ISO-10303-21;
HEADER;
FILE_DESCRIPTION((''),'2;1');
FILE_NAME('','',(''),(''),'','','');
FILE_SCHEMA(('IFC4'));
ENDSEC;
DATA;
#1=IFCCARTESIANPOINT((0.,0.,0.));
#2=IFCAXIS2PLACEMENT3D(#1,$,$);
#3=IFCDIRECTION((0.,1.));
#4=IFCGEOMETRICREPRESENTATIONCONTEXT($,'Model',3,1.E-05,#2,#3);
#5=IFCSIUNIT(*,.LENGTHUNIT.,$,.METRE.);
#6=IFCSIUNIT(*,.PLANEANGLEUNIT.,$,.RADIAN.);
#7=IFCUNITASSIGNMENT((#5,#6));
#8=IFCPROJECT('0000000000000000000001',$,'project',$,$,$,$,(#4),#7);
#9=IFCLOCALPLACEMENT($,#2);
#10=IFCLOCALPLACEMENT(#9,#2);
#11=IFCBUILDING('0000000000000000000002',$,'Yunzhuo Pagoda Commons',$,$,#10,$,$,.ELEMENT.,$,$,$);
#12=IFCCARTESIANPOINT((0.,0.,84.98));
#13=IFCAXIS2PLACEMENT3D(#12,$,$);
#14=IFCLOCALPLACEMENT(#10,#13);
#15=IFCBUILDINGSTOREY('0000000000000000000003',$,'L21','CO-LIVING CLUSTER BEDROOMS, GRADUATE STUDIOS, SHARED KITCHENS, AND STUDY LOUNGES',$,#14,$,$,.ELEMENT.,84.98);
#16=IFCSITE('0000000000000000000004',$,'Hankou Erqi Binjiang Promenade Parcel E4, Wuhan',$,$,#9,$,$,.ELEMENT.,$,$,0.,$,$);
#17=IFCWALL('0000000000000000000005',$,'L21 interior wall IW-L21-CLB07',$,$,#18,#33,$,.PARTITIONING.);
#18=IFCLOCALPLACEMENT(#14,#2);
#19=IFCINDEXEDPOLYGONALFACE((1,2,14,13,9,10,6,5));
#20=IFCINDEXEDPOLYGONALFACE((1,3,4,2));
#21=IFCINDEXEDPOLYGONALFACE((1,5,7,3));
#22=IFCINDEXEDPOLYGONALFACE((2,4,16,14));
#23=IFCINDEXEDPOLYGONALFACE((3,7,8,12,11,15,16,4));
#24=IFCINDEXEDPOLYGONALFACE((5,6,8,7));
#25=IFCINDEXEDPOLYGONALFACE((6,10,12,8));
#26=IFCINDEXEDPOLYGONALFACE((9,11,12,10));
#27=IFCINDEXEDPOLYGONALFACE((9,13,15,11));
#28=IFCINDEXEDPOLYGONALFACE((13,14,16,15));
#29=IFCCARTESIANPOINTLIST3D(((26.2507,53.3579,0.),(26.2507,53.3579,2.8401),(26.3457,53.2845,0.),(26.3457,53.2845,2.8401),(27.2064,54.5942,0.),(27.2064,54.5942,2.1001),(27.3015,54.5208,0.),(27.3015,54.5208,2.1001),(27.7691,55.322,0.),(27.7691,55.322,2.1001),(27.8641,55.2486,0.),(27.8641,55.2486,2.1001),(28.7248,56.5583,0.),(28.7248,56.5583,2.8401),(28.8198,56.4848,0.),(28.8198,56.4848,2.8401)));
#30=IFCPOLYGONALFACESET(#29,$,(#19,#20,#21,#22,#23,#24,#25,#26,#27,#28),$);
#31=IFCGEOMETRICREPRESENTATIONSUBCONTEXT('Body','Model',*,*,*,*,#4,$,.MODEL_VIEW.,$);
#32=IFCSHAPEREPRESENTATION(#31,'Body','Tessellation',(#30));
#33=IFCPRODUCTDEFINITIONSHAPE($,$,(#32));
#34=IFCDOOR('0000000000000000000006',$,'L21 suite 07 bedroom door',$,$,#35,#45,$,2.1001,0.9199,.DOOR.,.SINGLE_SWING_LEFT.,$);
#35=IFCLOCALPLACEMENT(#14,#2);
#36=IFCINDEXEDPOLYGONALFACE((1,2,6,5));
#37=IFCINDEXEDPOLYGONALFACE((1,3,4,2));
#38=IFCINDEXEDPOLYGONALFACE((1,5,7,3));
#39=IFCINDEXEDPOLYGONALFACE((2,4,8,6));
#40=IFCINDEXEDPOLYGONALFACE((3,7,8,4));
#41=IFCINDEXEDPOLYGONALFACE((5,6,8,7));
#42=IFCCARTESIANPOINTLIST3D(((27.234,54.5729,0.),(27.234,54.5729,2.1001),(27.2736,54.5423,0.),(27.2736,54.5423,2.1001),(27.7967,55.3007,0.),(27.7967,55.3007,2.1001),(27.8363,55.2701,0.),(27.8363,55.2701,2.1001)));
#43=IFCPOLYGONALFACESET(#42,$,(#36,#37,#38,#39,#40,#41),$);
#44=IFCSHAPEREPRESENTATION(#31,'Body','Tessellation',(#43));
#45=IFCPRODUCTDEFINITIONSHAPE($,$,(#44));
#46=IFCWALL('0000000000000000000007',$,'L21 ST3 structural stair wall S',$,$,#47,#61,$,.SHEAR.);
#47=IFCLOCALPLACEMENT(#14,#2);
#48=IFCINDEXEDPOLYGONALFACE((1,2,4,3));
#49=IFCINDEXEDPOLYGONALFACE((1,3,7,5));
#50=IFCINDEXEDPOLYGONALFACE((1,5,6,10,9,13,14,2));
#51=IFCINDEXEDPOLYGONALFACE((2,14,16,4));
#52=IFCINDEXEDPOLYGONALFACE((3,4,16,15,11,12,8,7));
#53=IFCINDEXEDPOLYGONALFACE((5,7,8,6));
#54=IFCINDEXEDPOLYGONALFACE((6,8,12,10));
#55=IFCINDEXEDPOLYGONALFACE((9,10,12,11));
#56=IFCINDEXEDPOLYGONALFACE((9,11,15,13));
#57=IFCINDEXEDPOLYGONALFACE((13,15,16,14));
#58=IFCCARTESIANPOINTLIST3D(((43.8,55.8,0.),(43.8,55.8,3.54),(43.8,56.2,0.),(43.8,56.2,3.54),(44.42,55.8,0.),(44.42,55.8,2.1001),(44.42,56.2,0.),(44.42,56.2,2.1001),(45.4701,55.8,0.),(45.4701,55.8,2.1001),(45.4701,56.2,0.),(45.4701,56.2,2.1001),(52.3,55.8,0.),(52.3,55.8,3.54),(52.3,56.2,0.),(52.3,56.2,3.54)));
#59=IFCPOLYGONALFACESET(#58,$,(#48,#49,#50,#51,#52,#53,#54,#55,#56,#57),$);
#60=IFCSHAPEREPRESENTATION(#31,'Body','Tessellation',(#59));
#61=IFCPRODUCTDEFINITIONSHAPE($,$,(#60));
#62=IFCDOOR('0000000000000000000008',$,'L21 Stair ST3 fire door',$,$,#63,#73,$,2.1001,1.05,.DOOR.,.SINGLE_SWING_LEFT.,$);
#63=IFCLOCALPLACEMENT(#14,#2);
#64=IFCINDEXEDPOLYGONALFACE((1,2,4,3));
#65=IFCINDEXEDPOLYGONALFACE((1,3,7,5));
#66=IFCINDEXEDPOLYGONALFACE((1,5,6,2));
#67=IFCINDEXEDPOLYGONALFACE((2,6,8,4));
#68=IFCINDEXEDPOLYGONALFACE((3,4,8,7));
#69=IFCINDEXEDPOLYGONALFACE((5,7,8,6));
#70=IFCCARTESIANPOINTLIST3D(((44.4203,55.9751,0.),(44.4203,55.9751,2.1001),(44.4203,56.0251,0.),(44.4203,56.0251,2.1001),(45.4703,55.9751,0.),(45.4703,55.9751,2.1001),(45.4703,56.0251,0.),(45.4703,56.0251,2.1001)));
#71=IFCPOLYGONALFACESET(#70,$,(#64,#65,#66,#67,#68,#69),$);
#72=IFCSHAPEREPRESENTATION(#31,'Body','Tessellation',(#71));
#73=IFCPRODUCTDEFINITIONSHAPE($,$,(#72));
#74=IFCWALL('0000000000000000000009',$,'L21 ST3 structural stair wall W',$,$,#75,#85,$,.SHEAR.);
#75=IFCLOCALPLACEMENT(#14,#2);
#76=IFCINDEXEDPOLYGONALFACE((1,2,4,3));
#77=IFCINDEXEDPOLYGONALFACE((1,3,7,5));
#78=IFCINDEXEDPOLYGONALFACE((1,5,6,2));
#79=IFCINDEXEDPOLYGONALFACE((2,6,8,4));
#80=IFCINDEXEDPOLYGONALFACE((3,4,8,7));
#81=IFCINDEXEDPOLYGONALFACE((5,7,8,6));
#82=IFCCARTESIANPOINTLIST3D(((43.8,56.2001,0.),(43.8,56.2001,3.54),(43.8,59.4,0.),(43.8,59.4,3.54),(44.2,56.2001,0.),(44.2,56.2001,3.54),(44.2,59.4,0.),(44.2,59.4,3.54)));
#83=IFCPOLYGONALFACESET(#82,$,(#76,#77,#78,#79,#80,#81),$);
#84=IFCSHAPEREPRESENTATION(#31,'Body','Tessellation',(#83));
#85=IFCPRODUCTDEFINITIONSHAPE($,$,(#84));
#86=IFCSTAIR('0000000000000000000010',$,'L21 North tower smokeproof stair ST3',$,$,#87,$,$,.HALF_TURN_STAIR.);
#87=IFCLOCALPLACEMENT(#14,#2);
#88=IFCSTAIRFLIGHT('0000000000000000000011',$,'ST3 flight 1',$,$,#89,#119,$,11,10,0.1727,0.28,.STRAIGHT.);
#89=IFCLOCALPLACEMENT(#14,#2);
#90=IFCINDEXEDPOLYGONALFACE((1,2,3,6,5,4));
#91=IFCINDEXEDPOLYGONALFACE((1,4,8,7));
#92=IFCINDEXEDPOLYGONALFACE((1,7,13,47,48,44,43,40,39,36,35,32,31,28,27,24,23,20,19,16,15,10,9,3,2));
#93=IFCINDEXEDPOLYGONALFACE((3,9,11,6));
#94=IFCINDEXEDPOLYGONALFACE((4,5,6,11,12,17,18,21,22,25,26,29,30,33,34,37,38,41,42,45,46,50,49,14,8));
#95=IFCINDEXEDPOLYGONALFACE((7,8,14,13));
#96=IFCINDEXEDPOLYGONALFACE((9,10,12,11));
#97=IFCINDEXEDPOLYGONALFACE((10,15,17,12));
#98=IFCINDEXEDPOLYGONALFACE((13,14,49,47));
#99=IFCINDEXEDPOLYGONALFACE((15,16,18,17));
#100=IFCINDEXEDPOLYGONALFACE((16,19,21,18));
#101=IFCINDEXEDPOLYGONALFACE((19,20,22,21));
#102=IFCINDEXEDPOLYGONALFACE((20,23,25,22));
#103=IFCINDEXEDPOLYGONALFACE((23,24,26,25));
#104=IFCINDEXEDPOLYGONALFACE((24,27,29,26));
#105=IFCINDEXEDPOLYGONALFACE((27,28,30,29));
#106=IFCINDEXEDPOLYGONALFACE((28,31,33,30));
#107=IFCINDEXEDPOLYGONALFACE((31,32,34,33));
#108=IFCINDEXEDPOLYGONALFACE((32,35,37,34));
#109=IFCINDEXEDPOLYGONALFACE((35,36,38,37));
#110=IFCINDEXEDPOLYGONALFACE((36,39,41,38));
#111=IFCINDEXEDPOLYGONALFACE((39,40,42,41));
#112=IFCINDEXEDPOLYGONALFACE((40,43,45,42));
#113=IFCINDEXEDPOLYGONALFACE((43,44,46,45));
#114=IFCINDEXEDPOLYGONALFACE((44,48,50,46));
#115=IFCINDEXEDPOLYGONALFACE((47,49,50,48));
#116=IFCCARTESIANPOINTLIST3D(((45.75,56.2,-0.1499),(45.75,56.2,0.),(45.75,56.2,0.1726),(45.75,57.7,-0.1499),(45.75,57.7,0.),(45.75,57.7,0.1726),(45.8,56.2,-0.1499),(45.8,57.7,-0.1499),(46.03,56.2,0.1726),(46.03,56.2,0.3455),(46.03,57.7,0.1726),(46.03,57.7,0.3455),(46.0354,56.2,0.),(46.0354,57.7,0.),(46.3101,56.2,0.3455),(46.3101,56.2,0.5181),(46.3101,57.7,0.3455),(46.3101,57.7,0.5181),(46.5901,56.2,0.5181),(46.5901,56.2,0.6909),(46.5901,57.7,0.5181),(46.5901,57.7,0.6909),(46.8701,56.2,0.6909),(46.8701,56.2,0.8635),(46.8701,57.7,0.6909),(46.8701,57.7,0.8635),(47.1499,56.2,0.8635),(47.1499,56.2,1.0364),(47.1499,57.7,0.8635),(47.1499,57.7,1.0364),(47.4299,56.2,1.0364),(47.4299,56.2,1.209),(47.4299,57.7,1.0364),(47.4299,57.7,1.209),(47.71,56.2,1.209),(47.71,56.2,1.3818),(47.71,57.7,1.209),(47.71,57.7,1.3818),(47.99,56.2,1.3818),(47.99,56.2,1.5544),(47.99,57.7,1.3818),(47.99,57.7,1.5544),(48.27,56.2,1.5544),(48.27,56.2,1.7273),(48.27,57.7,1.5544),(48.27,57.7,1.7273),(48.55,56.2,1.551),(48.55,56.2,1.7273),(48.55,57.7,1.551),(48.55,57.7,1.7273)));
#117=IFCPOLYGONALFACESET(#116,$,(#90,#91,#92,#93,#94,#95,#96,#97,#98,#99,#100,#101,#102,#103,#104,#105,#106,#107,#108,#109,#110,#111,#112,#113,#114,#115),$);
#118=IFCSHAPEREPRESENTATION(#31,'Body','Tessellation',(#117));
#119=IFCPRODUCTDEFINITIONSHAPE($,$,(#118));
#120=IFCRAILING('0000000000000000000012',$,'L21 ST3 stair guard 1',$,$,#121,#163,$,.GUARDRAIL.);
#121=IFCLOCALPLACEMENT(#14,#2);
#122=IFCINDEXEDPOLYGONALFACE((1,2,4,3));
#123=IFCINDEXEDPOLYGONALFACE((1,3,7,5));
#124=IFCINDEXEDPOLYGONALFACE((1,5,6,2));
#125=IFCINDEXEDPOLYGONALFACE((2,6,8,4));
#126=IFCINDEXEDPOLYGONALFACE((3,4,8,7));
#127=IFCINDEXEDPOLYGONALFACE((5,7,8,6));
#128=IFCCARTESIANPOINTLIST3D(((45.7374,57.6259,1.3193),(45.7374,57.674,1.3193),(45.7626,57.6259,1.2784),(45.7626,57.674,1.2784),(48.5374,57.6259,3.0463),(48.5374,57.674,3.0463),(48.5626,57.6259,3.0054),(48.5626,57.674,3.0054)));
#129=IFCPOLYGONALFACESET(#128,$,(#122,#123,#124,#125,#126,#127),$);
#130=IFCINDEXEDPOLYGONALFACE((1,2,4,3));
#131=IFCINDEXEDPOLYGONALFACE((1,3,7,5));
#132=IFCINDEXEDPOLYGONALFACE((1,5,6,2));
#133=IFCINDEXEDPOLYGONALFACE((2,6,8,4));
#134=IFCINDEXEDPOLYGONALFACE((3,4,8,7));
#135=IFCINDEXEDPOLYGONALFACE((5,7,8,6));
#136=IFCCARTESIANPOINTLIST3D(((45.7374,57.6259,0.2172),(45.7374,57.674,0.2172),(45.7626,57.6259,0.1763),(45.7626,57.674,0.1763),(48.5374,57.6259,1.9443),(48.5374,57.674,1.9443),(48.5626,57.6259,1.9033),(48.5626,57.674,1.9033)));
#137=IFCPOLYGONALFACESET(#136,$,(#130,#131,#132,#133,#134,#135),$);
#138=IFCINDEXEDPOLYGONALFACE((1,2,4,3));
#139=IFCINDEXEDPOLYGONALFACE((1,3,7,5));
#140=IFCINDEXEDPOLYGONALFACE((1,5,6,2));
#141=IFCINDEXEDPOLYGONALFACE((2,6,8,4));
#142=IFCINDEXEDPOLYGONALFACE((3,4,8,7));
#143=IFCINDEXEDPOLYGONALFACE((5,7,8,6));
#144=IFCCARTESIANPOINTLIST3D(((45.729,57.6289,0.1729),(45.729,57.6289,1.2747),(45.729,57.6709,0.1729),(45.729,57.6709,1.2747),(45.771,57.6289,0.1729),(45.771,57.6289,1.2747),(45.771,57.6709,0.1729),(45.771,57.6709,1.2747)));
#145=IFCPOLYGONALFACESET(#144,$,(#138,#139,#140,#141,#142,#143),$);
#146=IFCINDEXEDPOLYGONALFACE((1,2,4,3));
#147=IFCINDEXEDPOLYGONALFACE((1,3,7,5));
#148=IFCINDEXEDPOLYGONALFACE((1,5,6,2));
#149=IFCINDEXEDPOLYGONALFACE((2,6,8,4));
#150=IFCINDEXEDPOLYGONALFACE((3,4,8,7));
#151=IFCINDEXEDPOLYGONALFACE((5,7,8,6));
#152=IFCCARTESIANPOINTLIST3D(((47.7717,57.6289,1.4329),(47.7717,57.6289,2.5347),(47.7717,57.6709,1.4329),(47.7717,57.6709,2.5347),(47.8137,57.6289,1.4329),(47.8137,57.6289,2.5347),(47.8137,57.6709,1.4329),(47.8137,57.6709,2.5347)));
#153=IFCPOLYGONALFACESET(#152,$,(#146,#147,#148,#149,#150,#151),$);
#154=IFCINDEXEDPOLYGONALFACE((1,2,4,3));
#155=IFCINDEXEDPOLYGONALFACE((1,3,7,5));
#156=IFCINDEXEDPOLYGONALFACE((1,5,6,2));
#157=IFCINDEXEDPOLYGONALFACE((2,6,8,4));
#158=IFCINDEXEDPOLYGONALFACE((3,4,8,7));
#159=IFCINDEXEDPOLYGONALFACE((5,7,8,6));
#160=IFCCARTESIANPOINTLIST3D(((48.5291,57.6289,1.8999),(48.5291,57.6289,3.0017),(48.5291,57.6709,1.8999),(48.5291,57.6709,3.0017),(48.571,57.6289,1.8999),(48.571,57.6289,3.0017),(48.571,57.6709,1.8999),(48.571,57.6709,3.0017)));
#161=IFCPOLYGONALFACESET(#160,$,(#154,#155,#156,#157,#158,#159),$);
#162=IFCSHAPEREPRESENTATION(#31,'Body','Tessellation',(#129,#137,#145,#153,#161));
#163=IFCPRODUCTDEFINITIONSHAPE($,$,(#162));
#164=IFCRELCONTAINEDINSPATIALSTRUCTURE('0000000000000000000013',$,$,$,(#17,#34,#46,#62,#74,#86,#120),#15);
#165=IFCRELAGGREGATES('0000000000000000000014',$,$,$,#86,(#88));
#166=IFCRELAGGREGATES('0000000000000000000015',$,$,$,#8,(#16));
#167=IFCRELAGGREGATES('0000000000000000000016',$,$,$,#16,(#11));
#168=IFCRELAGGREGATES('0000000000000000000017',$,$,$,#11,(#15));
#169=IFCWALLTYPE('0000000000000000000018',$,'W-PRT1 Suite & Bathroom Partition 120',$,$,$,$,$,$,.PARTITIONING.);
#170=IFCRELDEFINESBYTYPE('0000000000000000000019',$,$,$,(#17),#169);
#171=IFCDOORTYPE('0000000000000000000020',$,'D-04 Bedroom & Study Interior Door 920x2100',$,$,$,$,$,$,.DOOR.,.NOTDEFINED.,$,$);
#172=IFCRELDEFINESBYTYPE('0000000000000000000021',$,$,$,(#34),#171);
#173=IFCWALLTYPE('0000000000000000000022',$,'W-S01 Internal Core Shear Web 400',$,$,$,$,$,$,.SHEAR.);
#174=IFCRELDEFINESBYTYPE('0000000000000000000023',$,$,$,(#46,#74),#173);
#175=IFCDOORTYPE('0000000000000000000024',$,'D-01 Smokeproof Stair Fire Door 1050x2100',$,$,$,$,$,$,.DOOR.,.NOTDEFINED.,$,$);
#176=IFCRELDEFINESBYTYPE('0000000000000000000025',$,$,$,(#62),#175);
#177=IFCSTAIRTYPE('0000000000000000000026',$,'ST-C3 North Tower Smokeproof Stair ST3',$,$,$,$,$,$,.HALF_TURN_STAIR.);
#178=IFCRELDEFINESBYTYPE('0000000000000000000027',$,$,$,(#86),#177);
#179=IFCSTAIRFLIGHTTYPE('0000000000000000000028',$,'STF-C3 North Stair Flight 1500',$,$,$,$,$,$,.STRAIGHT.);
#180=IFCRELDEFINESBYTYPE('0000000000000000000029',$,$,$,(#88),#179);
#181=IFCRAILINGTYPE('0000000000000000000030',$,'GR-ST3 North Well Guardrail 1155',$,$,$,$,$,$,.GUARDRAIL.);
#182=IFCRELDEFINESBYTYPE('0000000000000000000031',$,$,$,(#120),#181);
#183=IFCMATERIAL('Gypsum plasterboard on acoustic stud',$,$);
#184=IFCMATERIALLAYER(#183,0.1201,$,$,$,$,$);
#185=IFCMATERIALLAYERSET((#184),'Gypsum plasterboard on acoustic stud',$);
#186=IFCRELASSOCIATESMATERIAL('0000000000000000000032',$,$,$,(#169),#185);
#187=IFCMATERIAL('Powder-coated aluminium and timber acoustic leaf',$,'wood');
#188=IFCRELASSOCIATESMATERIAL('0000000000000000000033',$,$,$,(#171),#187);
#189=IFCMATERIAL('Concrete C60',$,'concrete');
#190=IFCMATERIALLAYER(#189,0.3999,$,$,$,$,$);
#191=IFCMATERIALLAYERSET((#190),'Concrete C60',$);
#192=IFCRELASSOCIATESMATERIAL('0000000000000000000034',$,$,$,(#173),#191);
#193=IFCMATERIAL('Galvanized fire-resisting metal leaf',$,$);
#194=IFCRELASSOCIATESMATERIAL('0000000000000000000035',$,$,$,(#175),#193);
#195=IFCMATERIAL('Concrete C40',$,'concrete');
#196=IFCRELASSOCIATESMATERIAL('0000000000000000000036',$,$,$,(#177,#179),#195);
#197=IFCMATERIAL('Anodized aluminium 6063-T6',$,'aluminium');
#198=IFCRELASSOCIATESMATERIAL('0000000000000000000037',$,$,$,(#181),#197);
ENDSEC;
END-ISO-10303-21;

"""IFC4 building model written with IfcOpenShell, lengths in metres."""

from ifc_helpers import new_model, si_unit, direction, frame, frame_2d, origin, origin_with_axes, origin_2d, place, context, subcontext, project, spatial, polyline, rectangle, outline, extrude, source, transform, mapped, material, layer, layer_set, type_object, element, fill, aggregate, save


model = new_model("IFC4")

# Units and contexts
model_context = context("Model", 3, precision=1e-05, world=origin(), true_north=direction((0.0, 1.0)))
body_context = subcontext(model_context, "Body", "Model", "MODEL_VIEW")
ifc_project = project(units=[si_unit("LENGTHUNIT", "METRE"), si_unit("PLANEANGLEUNIT", "RADIAN")], contexts=[model_context])

# Site, building, storey
site_placement = place(None, origin())
site = spatial("IfcSite", under=ifc_project, at=site_placement, Name="Hankou Erqi Binjiang Promenade Parcel E4, Wuhan", CompositionType="ELEMENT", RefElevation=0.0)
building_placement = place(site_placement, origin())
building = spatial("IfcBuilding", under=site, at=building_placement, Name="Yunzhuo Pagoda Commons", CompositionType="ELEMENT")
storey_placement = place(building_placement, frame((0.0, 0.0, 84.98)))
storey = spatial("IfcBuildingStorey", under=building, at=storey_placement, Name="L21", Description="CO-LIVING CLUSTER BEDROOMS, GRADUATE STUDIOS, SHARED KITCHENS, AND STUDY LOUNGES", CompositionType="ELEMENT", Elevation=84.98)

# Shared definitions
ifc_material_1 = material(Name="Anodized aluminium 6063-T6", Category="aluminium")

# Shared definitions
ifc_material_2 = material(Name="Gypsum plasterboard on acoustic stud")

# Shared definitions
ifc_material_3 = material(Name="Galvanized fire-resisting metal leaf")

# Shared definitions
ifc_layer_1 = layer(ifc_material_2, 0.1201)
ifc_layer_set_1 = layer_set([ifc_layer_1], Name="Gypsum plasterboard on acoustic stud")
wall_type_1 = type_object("IfcWallType", Name="W-PRT1 Suite & Bathroom Partition 120", PredefinedType="PARTITIONING", material=ifc_layer_set_1)

# Walls, openings, doors
ifc_material_4 = material(Name="Powder-coated aluminium and timber acoustic leaf", Category="wood")
wall_1_placement = place(storey_placement, frame((28.7722, 56.5215, 0.0), z_axis=(0.0, 0.0, 1.0), x_axis=(-0.611611, -0.791159, 0.0)))
wall_1 = element("IfcWall", 1, at=wall_1_placement, inside=storey, type_object=wall_type_1, Name="L21 interior wall IW-L21-CLB07", PredefinedType="PARTITIONING", context=body_context, shape_type="SweptSolid", body=[
    extrude(rectangle(XDim=4.0452, YDim=0.1201, at=frame_2d((2.0225, 0.0))), origin(), (0.0, 0.0, 1.0), 2.8401),
])
opening_1_placement = place(wall_1_placement, frame((1.5625, 0.0, 0.0)))
opening_1 = element("IfcOpeningElement", 2, at=opening_1_placement, cuts=wall_1, PredefinedType="OPENING", context=body_context, shape_type="SweptSolid", body=[
    extrude(rectangle(XDim=0.9199, YDim=2.1001, at=frame_2d((0.46, 1.05))), frame((0.0, 0.0701, 0.0), z_axis=(0.0, -1.0, 0.0), x_axis=(1.0, 0.0, 0.0)), (0.0, 0.0, 1.0), 0.1401),
])
door_type_1 = type_object("IfcDoorType", Name="D-04 Bedroom & Study Interior Door 920x2100", OperationType="NOTDEFINED", PredefinedType="DOOR", material=ifc_material_4)
shared_shape_1 = source(origin(), body_context, "Body", "SweptSolid", [
    extrude(rectangle(XDim=0.9199, YDim=2.1001, at=frame_2d((0.46, 1.05))), frame((0.0, 0.0249, 0.0), z_axis=(0.0, -1.0, 0.0), x_axis=(1.0, 0.0, 0.0)), (0.0, 0.0, 1.0), 0.05),
])
door_1_placement = place(opening_1_placement, origin_with_axes())
door_1 = element("IfcDoor", 3, at=door_1_placement, inside=storey, type_object=door_type_1, Name="L21 suite 07 bedroom door", OperationType="SINGLE_SWING_LEFT", OverallHeight=2.1001, OverallWidth=0.9199, PredefinedType="DOOR", context=body_context, shape_type="MappedRepresentation", body=[
    mapped(shared_shape_1, transform((0.0, 0.0, 0.0), scale=1.0)),
])
fill(opening_1, door_1)
ifc_material_5 = material(Name="Concrete C60", Category="concrete")
ifc_layer_2 = layer(ifc_material_5, 0.3999)
ifc_layer_set_2 = layer_set([ifc_layer_2], Name="Concrete C60")
wall_type_2 = type_object("IfcWallType", Name="W-S01 Internal Core Shear Web 400", PredefinedType="SHEAR", material=ifc_layer_set_2)
wall_2_placement = place(storey_placement, frame((43.8, 56.0, 0.0), z_axis=(0.0, 0.0, 1.0), x_axis=(1.0, 0.0, 0.0)))
wall_2 = element("IfcWall", 4, at=wall_2_placement, inside=storey, type_object=wall_type_2, Name="L21 ST3 structural stair wall S", PredefinedType="SHEAR", context=body_context, shape_type="SweptSolid", body=[
    extrude(rectangle(XDim=8.5, YDim=0.3999, at=frame_2d((4.25, 0.0))), origin(), (0.0, 0.0, 1.0), 3.54),
])
opening_2_placement = place(wall_2_placement, frame((0.6201, 0.0, 0.0)))
opening_2 = element("IfcOpeningElement", 5, at=opening_2_placement, cuts=wall_2, PredefinedType="OPENING", context=body_context, shape_type="SweptSolid", body=[
    extrude(rectangle(XDim=1.05, YDim=2.1001, at=frame_2d((0.5249, 1.05))), frame((0.0, 0.21, 0.0), z_axis=(0.0, -1.0, 0.0), x_axis=(1.0, 0.0, 0.0)), (0.0, 0.0, 1.0), 0.4199),
])
door_type_2 = type_object("IfcDoorType", Name="D-01 Smokeproof Stair Fire Door 1050x2100", OperationType="NOTDEFINED", PredefinedType="DOOR", material=ifc_material_3)
shared_shape_2 = source(origin(), body_context, "Body", "SweptSolid", [
    extrude(rectangle(XDim=1.05, YDim=2.1001, at=frame_2d((0.5249, 1.05))), frame((0.0, 0.0249, 0.0), z_axis=(0.0, -1.0, 0.0), x_axis=(1.0, 0.0, 0.0)), (0.0, 0.0, 1.0), 0.05),
])
door_2_placement = place(opening_2_placement, frame((1.05, 0.0, 0.0), z_axis=(0.0, 0.0, 1.0), x_axis=(-1.0, 0.0, 0.0)))
door_2 = element("IfcDoor", 6, at=door_2_placement, inside=storey, type_object=door_type_2, Name="L21 Stair ST3 fire door", OperationType="SINGLE_SWING_LEFT", OverallHeight=2.1001, OverallWidth=1.05, PredefinedType="DOOR", context=body_context, shape_type="MappedRepresentation", body=[
    mapped(shared_shape_2, transform((0.0, 0.0, 0.0), scale=1.0)),
])
fill(opening_2, door_2)

# Wall
wall_3_placement = place(storey_placement, frame((44.0, 56.2, 0.0), z_axis=(0.0, 0.0, 1.0), x_axis=(0.0, 1.0, 0.0)))
element("IfcWall", 7, at=wall_3_placement, inside=storey, type_object=wall_type_2, Name="L21 ST3 structural stair wall W", PredefinedType="SHEAR", context=body_context, shape_type="SweptSolid", body=[
    extrude(rectangle(XDim=3.2, YDim=0.3999, at=frame_2d((1.6001, 0.0))), origin(), (0.0, 0.0, 1.0), 3.54),
])

# Stair, stair flight
ifc_material_6 = material(Name="Concrete C40", Category="concrete")
stair_type = type_object("IfcStairType", Name="ST-C3 North Tower Smokeproof Stair ST3", PredefinedType="HALF_TURN_STAIR", material=ifc_material_6)
stair_placement = place(storey_placement, origin())
stair = element("IfcStair", 8, at=stair_placement, inside=storey, type_object=stair_type, Name="L21 North tower smokeproof stair ST3", PredefinedType="HALF_TURN_STAIR")
stair_flight_type = type_object("IfcStairFlightType", Name="STF-C3 North Stair Flight 1500", PredefinedType="STRAIGHT", material=ifc_material_6)
shared_shape_3 = source(origin(), body_context, "Body", "SweptSolid", [
    extrude(outline(polyline([(0.0, -0.1499), (0.0, 0.0), (0.0, 0.1726), (0.28, 0.1726), (0.28, 0.3455), (0.5601, 0.3455), (0.5601, 0.5181), (0.8401, 0.5181), (0.8401, 0.6909), (1.1201, 0.6909), (1.1201, 0.8635), (1.3999, 0.8635), (1.3999, 1.0364), (1.6799, 1.0364), (1.6799, 1.209), (1.96, 1.209), (1.96, 1.3818), (2.24, 1.3818), (2.24, 1.5544), (2.52, 1.5544), (2.52, 1.7273), (2.8, 1.7273), (2.8, 1.8999), (2.8, 1.551), (0.2854, 0.0), (0.05, -0.1499), (0.0, -0.1499)])), frame((0.0, 0.75, 0.0), z_axis=(0.0, -1.0, 0.0), x_axis=(1.0, 0.0, 0.0)), (0.0, 0.0, 1.0), 1.5),
])
stair_flight_placement = place(storey_placement, frame((45.75, 56.95, 0.0), z_axis=(0.0, 0.0, 1.0), x_axis=(1.0, 0.0, 0.0)))
stair_flight = element("IfcStairFlight", 9, at=stair_flight_placement, type_object=stair_flight_type, Name="ST3 flight 1", NumberOfRisers=11, NumberOfTreads=10, PredefinedType="STRAIGHT", RiserHeight=0.1727, TreadLength=0.28, context=body_context, shape_type="MappedRepresentation", body=[
    mapped(shared_shape_3, transform((0.0, 0.0, 0.0), scale=1.0)),
])
aggregate(stair, [stair_flight])

# Railing
railing_type_1 = type_object("IfcRailingType", Name="GR-ST3 North Well Guardrail 1155", PredefinedType="GUARDRAIL", material=ifc_material_1)
railing_1_placement = place(storey_placement, frame((45.75, 57.6499, 0.1729)))
element("IfcRailing", 10, at=railing_1_placement, inside=storey, type_object=railing_type_1, Name="L21 ST3 stair guard 1", PredefinedType="GUARDRAIL", context=body_context, shape_type="SweptSolid", body=[
    extrude(rectangle(XDim=0.0481, YDim=0.0481, at=origin_2d()), frame((0.0, 0.0, 1.126), z_axis=(0.851123, 0.0, 0.524967), x_axis=(0.0, 1.0, 0.0)), (0.0, 0.0, 1.0), 3.2898),
    extrude(rectangle(XDim=0.0481, YDim=0.0481, at=origin_2d()), frame((0.0, 0.0, 0.0239), z_axis=(0.851123, 0.0, 0.524967), x_axis=(0.0, 1.0, 0.0)), (0.0, 0.0, 1.0), 3.2898),
    extrude(rectangle(XDim=0.042, YDim=0.042, at=origin_2d()), origin(), (0.0, 0.0, 1.0), 1.1018),
    extrude(rectangle(XDim=0.042, YDim=0.042, at=origin_2d()), frame((2.0427, 0.0, 1.26)), (0.0, 0.0, 1.0), 1.1018),
    extrude(rectangle(XDim=0.042, YDim=0.042, at=origin_2d()), frame((2.8, 0.0, 1.7271)), (0.0, 0.0, 1.0), 1.1018),
])

save(model, "model.ifc")
